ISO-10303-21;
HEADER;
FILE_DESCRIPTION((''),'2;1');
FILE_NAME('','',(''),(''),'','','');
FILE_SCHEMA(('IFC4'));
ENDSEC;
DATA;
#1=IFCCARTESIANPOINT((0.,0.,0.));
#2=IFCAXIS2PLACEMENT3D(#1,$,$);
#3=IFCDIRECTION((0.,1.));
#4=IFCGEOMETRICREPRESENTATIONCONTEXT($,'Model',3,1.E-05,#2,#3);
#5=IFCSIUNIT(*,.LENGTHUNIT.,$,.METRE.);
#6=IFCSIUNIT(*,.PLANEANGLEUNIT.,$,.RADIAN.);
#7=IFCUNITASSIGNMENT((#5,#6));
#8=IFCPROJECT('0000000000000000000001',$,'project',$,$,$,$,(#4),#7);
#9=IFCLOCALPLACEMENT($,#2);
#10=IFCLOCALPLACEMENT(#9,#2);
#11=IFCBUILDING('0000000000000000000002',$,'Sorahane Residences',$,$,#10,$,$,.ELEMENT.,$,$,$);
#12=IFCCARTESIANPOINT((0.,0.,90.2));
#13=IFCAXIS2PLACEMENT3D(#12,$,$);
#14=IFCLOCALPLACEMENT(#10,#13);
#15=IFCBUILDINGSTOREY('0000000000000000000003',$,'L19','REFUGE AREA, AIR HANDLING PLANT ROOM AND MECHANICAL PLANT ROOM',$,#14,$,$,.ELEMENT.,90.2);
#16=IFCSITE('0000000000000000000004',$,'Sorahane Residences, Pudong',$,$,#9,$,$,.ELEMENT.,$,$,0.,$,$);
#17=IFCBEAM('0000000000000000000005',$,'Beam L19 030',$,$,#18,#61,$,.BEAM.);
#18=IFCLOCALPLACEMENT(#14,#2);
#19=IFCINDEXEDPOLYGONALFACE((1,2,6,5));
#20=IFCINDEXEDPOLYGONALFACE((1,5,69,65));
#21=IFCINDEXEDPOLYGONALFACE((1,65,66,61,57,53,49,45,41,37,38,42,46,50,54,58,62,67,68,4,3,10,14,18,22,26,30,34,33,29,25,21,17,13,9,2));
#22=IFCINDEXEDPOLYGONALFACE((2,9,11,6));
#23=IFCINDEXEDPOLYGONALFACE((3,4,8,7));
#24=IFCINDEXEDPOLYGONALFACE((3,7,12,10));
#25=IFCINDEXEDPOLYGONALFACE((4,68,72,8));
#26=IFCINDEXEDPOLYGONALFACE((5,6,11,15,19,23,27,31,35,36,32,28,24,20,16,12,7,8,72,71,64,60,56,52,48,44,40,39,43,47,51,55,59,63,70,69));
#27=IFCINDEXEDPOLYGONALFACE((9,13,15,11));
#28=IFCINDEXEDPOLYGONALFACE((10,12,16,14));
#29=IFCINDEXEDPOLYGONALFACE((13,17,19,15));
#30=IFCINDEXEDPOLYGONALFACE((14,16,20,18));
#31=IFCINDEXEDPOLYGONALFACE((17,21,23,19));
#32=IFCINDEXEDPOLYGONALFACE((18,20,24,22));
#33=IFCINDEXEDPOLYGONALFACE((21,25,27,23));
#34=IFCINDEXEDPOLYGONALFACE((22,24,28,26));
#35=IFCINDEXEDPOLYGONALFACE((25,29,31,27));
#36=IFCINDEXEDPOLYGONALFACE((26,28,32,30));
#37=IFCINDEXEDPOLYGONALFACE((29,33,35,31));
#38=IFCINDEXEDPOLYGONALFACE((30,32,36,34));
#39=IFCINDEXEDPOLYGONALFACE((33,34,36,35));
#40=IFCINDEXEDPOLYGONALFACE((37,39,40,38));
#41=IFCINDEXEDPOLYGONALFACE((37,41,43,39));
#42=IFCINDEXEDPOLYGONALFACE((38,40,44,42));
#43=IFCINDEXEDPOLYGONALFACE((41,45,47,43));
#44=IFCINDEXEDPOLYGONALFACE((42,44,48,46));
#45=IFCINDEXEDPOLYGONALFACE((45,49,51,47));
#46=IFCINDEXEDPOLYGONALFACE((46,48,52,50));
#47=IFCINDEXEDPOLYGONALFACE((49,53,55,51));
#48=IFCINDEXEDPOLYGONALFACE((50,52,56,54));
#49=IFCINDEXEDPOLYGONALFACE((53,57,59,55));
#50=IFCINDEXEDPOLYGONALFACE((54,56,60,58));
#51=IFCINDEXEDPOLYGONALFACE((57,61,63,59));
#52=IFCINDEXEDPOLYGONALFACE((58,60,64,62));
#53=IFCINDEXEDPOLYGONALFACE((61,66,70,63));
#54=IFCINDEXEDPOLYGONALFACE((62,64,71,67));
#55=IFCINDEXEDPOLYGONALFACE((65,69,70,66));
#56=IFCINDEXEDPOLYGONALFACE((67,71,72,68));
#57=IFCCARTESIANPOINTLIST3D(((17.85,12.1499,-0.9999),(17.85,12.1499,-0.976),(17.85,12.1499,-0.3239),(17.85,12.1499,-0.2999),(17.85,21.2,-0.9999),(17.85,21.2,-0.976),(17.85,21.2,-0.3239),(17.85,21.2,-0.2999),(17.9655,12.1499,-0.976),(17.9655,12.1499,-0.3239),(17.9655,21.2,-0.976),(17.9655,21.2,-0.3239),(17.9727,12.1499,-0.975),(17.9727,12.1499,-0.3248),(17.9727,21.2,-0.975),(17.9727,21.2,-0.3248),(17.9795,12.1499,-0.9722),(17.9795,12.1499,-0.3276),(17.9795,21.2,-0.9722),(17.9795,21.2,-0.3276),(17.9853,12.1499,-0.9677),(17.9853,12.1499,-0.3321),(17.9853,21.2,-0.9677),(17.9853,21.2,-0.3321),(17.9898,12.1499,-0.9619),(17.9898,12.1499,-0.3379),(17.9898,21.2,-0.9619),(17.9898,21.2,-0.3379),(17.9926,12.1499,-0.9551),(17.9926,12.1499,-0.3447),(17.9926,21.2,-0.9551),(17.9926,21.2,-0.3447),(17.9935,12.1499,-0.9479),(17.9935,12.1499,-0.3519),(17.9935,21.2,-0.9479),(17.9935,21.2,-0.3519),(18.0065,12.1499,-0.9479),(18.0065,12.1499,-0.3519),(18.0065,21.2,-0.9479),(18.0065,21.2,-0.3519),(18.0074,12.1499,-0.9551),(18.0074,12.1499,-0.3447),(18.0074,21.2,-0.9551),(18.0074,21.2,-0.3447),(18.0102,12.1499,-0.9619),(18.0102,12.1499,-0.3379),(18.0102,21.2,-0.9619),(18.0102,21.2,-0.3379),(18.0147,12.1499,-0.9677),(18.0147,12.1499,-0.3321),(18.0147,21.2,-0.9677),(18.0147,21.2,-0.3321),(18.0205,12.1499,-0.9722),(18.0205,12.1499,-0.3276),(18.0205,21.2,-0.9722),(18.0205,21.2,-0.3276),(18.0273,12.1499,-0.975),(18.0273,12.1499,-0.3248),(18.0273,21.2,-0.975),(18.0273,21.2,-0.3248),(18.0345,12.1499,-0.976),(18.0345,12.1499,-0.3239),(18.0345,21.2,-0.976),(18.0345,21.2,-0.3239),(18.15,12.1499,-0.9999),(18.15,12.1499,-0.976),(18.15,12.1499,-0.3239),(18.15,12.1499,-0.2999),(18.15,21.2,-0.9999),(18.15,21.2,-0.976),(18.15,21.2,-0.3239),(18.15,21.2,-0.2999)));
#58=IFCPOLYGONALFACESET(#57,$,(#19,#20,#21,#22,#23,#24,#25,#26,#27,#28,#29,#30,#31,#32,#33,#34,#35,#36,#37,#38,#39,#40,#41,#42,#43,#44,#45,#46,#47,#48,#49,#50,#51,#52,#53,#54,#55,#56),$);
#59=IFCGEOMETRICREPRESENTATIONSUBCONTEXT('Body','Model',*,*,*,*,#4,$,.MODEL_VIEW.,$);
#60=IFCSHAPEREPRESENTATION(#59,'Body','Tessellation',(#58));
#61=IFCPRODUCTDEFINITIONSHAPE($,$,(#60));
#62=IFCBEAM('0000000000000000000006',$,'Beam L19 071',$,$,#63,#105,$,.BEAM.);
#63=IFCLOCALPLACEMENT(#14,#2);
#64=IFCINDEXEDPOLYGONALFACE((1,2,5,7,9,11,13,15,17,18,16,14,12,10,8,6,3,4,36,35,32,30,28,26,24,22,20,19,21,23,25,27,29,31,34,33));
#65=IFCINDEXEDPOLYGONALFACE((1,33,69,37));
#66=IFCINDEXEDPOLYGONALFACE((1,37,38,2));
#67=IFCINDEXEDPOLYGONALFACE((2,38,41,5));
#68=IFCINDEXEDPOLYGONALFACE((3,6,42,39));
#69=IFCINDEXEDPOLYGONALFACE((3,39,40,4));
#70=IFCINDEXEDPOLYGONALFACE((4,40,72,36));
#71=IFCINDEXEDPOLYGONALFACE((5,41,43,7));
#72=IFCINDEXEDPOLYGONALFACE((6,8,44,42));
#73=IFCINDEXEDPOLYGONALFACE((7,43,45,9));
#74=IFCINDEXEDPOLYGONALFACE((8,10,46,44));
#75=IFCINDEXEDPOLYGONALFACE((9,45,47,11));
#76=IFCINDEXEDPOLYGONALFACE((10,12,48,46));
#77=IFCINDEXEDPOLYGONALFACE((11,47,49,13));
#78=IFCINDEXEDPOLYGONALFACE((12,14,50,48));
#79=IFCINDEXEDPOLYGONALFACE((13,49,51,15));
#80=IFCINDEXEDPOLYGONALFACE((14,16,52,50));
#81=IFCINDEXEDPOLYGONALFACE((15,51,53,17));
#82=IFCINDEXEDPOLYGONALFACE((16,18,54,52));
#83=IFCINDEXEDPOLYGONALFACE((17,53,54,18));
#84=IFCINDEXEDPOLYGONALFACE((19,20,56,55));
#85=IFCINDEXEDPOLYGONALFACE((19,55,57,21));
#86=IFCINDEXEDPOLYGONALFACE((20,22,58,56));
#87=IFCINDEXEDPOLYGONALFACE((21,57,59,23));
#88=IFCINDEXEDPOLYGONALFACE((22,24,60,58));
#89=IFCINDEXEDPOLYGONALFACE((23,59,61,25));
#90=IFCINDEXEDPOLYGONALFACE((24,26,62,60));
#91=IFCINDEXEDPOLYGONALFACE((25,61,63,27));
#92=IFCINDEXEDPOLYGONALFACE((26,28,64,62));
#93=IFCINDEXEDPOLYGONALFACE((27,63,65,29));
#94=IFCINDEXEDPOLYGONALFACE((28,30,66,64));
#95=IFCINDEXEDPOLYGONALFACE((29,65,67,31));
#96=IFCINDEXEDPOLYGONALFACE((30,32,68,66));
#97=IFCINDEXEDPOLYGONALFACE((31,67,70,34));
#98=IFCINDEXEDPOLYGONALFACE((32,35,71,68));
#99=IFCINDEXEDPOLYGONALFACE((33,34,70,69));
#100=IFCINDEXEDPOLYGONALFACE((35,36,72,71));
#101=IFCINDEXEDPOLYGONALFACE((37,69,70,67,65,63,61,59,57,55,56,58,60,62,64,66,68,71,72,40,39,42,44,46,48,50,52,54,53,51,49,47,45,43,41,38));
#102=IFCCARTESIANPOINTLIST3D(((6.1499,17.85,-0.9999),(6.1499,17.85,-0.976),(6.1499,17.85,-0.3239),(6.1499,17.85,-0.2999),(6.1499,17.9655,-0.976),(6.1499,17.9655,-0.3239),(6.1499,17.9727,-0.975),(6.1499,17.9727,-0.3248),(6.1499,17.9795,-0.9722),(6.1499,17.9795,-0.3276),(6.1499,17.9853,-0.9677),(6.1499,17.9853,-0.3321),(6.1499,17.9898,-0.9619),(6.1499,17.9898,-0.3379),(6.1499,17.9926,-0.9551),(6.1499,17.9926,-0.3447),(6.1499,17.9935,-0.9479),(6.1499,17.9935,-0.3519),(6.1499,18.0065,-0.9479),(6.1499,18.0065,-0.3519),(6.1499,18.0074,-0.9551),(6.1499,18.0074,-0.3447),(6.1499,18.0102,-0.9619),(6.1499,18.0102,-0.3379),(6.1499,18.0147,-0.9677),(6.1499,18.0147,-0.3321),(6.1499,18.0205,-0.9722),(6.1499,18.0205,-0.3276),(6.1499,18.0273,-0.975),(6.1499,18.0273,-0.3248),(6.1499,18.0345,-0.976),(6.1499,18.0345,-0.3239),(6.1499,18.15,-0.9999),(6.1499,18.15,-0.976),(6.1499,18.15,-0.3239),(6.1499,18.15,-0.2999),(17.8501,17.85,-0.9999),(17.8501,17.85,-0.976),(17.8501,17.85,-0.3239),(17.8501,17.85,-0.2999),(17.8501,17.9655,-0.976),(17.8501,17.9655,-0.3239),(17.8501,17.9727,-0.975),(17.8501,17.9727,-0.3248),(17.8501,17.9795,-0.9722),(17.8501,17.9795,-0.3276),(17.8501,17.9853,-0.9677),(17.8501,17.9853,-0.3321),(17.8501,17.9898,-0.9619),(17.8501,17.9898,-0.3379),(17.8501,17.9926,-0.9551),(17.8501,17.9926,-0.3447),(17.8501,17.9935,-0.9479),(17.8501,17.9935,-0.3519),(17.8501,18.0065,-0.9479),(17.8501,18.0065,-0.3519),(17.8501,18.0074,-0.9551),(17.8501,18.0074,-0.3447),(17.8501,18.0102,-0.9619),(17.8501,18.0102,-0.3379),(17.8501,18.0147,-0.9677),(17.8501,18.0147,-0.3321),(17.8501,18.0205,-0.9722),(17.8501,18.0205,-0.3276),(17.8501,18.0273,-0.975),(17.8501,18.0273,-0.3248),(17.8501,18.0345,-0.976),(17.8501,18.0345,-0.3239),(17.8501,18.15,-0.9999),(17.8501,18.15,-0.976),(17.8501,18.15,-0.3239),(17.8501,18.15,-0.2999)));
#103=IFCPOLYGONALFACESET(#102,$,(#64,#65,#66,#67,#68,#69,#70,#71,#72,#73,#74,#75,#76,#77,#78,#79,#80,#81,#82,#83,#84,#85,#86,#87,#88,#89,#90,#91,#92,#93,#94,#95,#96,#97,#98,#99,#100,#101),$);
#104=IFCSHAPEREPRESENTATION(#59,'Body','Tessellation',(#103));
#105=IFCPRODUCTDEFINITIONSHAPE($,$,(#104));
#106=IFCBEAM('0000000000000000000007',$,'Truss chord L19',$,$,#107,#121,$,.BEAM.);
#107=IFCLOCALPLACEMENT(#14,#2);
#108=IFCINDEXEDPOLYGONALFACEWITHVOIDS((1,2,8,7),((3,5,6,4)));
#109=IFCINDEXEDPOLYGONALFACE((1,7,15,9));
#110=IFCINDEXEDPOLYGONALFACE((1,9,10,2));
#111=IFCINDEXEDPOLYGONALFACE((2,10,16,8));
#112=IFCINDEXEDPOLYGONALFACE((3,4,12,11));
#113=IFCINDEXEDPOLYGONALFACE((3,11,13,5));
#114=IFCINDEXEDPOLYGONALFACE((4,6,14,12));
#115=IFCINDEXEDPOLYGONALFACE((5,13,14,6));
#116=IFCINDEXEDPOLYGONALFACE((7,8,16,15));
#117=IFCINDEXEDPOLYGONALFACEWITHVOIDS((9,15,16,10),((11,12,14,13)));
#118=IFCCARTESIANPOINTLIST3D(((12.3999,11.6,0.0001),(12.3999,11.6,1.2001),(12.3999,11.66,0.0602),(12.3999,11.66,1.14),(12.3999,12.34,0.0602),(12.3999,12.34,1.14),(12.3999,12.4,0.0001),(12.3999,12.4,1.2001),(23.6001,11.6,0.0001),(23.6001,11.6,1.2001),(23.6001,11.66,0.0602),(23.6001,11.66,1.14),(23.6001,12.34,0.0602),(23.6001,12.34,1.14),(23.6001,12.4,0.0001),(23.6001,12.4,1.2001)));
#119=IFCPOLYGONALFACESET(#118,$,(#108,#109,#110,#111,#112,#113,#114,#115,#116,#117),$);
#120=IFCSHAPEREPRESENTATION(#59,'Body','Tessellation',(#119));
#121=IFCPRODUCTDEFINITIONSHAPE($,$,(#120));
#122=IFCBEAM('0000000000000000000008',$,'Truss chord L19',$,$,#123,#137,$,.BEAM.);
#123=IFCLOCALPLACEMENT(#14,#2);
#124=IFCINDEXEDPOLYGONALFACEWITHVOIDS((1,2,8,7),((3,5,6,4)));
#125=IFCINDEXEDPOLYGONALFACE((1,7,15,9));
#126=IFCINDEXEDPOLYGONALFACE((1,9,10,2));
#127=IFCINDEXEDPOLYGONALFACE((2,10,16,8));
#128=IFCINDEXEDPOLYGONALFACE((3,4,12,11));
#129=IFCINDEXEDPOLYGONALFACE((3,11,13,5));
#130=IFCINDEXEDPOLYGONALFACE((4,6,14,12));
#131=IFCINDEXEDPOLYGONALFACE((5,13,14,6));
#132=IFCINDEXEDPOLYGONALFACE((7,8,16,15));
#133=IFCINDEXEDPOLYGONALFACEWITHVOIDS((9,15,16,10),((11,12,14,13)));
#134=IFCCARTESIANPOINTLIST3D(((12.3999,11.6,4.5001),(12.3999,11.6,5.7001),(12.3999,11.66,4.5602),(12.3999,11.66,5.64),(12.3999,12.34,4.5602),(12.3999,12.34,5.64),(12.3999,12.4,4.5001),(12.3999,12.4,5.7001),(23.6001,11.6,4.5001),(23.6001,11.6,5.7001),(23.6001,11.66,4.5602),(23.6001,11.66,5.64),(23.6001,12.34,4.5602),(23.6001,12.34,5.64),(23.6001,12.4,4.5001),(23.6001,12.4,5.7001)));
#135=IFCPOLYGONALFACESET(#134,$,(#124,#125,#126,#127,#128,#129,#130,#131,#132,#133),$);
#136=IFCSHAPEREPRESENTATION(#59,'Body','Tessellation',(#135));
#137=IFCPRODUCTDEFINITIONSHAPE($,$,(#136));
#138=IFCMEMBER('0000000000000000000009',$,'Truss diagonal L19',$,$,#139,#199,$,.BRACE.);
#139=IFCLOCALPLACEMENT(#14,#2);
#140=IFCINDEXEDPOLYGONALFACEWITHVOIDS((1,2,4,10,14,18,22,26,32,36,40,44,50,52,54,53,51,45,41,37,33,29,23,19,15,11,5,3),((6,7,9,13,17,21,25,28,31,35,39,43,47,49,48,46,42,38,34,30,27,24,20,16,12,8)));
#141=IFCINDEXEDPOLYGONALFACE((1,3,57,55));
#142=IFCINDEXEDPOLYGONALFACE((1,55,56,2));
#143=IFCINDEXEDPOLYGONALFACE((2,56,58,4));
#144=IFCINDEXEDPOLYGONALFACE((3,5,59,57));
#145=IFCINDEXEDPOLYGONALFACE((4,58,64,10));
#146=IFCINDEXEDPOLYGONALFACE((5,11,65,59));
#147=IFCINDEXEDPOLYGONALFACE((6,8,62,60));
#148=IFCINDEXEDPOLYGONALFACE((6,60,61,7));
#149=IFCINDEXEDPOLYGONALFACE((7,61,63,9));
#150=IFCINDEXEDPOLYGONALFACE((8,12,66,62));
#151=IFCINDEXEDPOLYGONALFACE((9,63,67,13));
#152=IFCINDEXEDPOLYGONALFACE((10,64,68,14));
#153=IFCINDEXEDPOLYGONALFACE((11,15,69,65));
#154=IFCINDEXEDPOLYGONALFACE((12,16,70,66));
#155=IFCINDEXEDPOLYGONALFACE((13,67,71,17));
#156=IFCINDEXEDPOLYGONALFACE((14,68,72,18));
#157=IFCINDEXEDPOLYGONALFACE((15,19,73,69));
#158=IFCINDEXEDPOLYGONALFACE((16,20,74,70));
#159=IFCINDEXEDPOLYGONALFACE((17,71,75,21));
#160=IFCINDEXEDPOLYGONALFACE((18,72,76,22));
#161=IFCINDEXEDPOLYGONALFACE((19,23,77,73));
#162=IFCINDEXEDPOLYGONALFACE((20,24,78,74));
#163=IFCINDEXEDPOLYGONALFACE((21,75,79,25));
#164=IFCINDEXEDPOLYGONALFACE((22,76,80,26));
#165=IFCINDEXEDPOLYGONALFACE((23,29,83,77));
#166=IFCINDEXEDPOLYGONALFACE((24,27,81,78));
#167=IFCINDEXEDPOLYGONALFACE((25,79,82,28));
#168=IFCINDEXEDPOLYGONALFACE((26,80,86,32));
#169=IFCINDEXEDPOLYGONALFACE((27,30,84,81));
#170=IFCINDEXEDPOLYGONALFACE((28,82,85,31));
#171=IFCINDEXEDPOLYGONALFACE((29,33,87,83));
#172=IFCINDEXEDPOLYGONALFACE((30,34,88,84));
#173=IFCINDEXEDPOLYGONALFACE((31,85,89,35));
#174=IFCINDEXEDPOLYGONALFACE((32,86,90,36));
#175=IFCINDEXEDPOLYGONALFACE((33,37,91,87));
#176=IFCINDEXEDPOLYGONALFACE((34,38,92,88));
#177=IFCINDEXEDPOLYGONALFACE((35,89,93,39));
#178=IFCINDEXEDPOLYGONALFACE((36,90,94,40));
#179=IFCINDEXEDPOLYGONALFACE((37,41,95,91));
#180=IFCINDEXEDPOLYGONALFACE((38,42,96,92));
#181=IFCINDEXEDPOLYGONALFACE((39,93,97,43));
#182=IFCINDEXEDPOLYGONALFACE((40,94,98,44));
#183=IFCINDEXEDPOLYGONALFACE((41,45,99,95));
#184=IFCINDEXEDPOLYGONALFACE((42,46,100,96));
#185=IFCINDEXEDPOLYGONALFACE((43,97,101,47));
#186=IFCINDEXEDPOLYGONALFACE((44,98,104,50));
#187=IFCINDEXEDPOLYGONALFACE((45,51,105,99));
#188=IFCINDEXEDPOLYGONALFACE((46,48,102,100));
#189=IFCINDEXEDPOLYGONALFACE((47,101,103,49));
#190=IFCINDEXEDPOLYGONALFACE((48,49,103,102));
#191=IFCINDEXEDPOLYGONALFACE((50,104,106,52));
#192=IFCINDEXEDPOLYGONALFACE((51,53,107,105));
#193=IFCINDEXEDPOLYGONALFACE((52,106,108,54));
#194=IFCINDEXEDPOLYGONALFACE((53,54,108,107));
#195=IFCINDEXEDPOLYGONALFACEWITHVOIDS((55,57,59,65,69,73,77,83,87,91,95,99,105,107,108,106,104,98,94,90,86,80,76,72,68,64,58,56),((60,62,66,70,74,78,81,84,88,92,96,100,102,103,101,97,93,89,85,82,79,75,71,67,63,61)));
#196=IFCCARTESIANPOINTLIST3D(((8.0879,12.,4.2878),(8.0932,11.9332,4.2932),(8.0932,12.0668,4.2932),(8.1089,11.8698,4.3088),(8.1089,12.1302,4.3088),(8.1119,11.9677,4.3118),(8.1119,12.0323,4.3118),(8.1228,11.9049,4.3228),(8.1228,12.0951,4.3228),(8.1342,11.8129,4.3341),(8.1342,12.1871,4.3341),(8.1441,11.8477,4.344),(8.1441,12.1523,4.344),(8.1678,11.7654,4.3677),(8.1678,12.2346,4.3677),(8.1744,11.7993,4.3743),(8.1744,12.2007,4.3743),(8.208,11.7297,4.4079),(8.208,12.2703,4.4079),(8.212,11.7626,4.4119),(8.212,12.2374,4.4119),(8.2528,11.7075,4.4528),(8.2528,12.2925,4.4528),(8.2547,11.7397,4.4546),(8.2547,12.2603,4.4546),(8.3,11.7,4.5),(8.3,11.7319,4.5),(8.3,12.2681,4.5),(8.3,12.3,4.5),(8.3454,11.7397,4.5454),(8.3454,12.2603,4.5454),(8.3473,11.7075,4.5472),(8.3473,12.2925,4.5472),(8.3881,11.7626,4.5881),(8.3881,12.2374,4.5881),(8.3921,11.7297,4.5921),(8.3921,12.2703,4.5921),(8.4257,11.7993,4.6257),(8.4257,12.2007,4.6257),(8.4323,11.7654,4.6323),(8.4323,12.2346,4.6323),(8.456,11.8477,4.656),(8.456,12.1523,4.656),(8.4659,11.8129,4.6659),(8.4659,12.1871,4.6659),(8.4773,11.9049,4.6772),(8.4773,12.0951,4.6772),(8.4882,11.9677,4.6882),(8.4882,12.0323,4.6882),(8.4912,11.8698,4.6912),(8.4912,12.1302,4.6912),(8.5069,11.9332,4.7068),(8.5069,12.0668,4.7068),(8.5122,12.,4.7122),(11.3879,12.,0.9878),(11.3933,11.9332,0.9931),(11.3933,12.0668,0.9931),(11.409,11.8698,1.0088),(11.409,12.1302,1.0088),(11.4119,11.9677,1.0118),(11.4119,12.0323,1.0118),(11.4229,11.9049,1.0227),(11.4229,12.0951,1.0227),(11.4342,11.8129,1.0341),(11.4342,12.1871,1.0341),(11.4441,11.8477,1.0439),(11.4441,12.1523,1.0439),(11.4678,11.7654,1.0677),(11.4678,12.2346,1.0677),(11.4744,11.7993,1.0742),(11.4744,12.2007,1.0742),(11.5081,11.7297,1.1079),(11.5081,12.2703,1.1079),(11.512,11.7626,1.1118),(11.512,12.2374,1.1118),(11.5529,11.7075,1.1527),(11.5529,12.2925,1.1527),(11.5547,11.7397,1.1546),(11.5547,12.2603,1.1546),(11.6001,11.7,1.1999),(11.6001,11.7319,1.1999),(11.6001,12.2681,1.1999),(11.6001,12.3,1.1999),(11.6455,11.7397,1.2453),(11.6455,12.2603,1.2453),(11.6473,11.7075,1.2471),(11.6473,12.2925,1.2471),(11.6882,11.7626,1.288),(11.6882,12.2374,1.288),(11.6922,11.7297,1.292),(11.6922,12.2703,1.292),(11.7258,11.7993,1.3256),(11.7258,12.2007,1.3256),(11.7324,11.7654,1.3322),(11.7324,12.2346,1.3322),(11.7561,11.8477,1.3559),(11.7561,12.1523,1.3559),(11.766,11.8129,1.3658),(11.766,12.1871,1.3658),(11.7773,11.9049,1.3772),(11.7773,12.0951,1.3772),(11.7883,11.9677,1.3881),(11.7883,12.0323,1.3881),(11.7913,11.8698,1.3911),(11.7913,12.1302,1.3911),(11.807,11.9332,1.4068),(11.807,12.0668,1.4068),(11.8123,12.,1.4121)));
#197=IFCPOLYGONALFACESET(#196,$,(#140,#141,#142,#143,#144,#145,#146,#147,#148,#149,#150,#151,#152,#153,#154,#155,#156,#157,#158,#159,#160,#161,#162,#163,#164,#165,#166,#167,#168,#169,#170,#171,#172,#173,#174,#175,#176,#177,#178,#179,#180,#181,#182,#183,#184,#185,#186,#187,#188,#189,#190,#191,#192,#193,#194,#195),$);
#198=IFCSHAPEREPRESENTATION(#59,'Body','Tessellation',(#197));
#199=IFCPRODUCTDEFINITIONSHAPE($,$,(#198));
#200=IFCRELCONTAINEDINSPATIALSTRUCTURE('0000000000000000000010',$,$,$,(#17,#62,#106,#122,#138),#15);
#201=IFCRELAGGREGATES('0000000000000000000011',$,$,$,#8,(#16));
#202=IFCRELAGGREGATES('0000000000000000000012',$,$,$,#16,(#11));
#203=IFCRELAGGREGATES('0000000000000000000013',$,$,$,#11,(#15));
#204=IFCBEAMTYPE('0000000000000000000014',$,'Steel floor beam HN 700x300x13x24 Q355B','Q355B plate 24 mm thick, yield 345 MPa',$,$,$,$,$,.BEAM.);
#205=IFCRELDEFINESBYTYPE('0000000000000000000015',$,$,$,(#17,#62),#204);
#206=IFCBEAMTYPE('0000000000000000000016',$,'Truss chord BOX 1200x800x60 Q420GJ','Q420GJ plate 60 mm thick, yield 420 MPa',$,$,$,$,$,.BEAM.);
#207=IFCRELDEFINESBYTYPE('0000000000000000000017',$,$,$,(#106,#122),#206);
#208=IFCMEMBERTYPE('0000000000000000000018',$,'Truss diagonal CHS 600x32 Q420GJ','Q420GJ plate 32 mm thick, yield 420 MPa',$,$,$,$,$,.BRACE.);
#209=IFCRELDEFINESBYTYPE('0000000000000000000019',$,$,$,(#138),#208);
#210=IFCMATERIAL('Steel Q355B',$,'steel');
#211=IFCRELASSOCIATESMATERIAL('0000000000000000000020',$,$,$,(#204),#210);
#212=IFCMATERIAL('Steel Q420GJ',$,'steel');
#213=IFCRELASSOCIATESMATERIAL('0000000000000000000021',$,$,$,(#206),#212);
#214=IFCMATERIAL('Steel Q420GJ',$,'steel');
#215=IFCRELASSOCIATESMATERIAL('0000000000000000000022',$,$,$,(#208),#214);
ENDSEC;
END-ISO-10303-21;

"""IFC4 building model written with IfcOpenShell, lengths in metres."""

from ifc_helpers import new_model, si_unit, direction, frame, origin, origin_2d, place, context, subcontext, project, spatial, hollow_rectangle, hollow_circle, i_section, extrude, material, material_profile, profile_set, type_object, element, save


model = new_model("IFC4")

# Units and contexts
model_context = context("Model", 3, precision=1e-05, world=origin(), true_north=direction((0.0, 1.0)))
body_context = subcontext(model_context, "Body", "Model", "MODEL_VIEW")
ifc_project = project(units=[si_unit("LENGTHUNIT", "METRE"), si_unit("PLANEANGLEUNIT", "RADIAN")], contexts=[model_context])

# Site, building, storey
site_placement = place(None, origin())
site = spatial("IfcSite", under=ifc_project, at=site_placement, Name="Sorahane Residences, Pudong", CompositionType="ELEMENT", RefElevation=0.0)
building_placement = place(site_placement, origin())
building = spatial("IfcBuilding", under=site, at=building_placement, Name="Sorahane Residences", CompositionType="ELEMENT")
storey_placement = place(building_placement, frame((0.0, 0.0, 90.2)))
storey = spatial("IfcBuildingStorey", under=building, at=storey_placement, Name="L19", Description="REFUGE AREA, AIR HANDLING PLANT ROOM AND MECHANICAL PLANT ROOM", CompositionType="ELEMENT", Elevation=90.2)

# Beams
ifc_material_1 = material(Name="Steel Q355B", Category="steel")
ifc_material_profile_1 = material_profile(ifc_material_1, i_section(OverallWidth=0.3, OverallDepth=0.7, WebThickness=0.0129, FlangeThickness=0.0239, FilletRadius=0.0281, at=origin_2d()), Name="HN 700x300x13x24")
ifc_profile_set_1 = profile_set([ifc_material_profile_1], Name="Steel Q355B")
beam_type_1 = type_object("IfcBeamType", Name="Steel floor beam HN 700x300x13x24 Q355B", Description="Q355B plate 24 mm thick, yield 345 MPa", PredefinedType="BEAM", material=ifc_profile_set_1)
beam_1_placement = place(storey_placement, frame((18.0, 12.1499, -0.6499), z_axis=(0.0, 1.0, 0.0), x_axis=(-1.0, 0.0, 0.0)))
element("IfcBeam", 1, at=beam_1_placement, inside=storey, type_object=beam_type_1, Name="Beam L19 030", PredefinedType="BEAM", context=body_context, shape_type="SweptSolid", body=[
    extrude(i_section(OverallWidth=0.3, OverallDepth=0.7, WebThickness=0.0129, FlangeThickness=0.0239, FilletRadius=0.0281, at=origin_2d()), origin(), (0.0, 0.0, 1.0), 9.05),
])
beam_2_placement = place(storey_placement, frame((6.1499, 18.0, -0.6499), z_axis=(1.0, 0.0, 0.0), x_axis=(0.0, 1.0, 0.0)))
element("IfcBeam", 2, at=beam_2_placement, inside=storey, type_object=beam_type_1, Name="Beam L19 071", PredefinedType="BEAM", context=body_context, shape_type="SweptSolid", body=[
    extrude(i_section(OverallWidth=0.3, OverallDepth=0.7, WebThickness=0.0129, FlangeThickness=0.0239, FilletRadius=0.0281, at=origin_2d()), origin(), (0.0, 0.0, 1.0), 11.7002),
])
ifc_material_2 = material(Name="Steel Q420GJ", Category="steel")
ifc_material_profile_2 = material_profile(ifc_material_2, hollow_rectangle(XDim=0.8, YDim=1.2, WallThickness=0.0601, at=origin_2d()), Name="BOX 1200x800x60")
ifc_profile_set_2 = profile_set([ifc_material_profile_2], Name="Steel Q420GJ")
beam_type_2 = type_object("IfcBeamType", Name="Truss chord BOX 1200x800x60 Q420GJ", Description="Q420GJ plate 60 mm thick, yield 420 MPa", PredefinedType="BEAM", material=ifc_profile_set_2)
for number, where, z_axis, x_axis, name in (
    (3, (12.3999, 12.0, 0.6001), (1.0, 0.0, 0.0), (0.0, 1.0, 0.0), "Truss chord L19"),
    (4, (12.3999, 12.0, 5.1001), (1.0, 0.0, 0.0), (0.0, 1.0, 0.0), "Truss chord L19"),
):
    element("IfcBeam", number, at=place(storey_placement, frame(where, z_axis=z_axis, x_axis=x_axis)), inside=storey, type_object=beam_type_2, Name=name, PredefinedType="BEAM", context=body_context, shape_type="SweptSolid", body=[
        extrude(hollow_rectangle(XDim=0.8, YDim=1.2, WallThickness=0.0601, at=origin_2d()), origin(), (0.0, 0.0, 1.0), 11.2002),
    ])

# Member
ifc_material_3 = material(Name="Steel Q420GJ", Category="steel")
ifc_material_profile_3 = material_profile(ifc_material_3, hollow_circle(Radius=0.3, WallThickness=0.032, at=origin_2d()), Name="CHS 600x32")
ifc_profile_set_3 = profile_set([ifc_material_profile_3], Name="Steel Q420GJ")
member_type = type_object("IfcMemberType", Name="Truss diagonal CHS 600x32 Q420GJ", Description="Q420GJ plate 32 mm thick, yield 420 MPa", PredefinedType="BRACE", material=ifc_profile_set_3)
for number, where, z_axis, x_axis, name in (
    (5, (8.3, 12.0, 4.5), (0.707107, 0.0, -0.707107), (0.0, 1.0, 0.0), "Truss diagonal L19"),
):
    element("IfcMember", number, at=place(storey_placement, frame(where, z_axis=z_axis, x_axis=x_axis)), inside=storey, type_object=member_type, Name=name, PredefinedType="BRACE", context=body_context, shape_type="SweptSolid", body=[
        extrude(hollow_circle(Radius=0.3, WallThickness=0.032, at=origin_2d()), origin(), (0.0, 0.0, 1.0), 4.667),
    ])

save(model, "model.ifc")
